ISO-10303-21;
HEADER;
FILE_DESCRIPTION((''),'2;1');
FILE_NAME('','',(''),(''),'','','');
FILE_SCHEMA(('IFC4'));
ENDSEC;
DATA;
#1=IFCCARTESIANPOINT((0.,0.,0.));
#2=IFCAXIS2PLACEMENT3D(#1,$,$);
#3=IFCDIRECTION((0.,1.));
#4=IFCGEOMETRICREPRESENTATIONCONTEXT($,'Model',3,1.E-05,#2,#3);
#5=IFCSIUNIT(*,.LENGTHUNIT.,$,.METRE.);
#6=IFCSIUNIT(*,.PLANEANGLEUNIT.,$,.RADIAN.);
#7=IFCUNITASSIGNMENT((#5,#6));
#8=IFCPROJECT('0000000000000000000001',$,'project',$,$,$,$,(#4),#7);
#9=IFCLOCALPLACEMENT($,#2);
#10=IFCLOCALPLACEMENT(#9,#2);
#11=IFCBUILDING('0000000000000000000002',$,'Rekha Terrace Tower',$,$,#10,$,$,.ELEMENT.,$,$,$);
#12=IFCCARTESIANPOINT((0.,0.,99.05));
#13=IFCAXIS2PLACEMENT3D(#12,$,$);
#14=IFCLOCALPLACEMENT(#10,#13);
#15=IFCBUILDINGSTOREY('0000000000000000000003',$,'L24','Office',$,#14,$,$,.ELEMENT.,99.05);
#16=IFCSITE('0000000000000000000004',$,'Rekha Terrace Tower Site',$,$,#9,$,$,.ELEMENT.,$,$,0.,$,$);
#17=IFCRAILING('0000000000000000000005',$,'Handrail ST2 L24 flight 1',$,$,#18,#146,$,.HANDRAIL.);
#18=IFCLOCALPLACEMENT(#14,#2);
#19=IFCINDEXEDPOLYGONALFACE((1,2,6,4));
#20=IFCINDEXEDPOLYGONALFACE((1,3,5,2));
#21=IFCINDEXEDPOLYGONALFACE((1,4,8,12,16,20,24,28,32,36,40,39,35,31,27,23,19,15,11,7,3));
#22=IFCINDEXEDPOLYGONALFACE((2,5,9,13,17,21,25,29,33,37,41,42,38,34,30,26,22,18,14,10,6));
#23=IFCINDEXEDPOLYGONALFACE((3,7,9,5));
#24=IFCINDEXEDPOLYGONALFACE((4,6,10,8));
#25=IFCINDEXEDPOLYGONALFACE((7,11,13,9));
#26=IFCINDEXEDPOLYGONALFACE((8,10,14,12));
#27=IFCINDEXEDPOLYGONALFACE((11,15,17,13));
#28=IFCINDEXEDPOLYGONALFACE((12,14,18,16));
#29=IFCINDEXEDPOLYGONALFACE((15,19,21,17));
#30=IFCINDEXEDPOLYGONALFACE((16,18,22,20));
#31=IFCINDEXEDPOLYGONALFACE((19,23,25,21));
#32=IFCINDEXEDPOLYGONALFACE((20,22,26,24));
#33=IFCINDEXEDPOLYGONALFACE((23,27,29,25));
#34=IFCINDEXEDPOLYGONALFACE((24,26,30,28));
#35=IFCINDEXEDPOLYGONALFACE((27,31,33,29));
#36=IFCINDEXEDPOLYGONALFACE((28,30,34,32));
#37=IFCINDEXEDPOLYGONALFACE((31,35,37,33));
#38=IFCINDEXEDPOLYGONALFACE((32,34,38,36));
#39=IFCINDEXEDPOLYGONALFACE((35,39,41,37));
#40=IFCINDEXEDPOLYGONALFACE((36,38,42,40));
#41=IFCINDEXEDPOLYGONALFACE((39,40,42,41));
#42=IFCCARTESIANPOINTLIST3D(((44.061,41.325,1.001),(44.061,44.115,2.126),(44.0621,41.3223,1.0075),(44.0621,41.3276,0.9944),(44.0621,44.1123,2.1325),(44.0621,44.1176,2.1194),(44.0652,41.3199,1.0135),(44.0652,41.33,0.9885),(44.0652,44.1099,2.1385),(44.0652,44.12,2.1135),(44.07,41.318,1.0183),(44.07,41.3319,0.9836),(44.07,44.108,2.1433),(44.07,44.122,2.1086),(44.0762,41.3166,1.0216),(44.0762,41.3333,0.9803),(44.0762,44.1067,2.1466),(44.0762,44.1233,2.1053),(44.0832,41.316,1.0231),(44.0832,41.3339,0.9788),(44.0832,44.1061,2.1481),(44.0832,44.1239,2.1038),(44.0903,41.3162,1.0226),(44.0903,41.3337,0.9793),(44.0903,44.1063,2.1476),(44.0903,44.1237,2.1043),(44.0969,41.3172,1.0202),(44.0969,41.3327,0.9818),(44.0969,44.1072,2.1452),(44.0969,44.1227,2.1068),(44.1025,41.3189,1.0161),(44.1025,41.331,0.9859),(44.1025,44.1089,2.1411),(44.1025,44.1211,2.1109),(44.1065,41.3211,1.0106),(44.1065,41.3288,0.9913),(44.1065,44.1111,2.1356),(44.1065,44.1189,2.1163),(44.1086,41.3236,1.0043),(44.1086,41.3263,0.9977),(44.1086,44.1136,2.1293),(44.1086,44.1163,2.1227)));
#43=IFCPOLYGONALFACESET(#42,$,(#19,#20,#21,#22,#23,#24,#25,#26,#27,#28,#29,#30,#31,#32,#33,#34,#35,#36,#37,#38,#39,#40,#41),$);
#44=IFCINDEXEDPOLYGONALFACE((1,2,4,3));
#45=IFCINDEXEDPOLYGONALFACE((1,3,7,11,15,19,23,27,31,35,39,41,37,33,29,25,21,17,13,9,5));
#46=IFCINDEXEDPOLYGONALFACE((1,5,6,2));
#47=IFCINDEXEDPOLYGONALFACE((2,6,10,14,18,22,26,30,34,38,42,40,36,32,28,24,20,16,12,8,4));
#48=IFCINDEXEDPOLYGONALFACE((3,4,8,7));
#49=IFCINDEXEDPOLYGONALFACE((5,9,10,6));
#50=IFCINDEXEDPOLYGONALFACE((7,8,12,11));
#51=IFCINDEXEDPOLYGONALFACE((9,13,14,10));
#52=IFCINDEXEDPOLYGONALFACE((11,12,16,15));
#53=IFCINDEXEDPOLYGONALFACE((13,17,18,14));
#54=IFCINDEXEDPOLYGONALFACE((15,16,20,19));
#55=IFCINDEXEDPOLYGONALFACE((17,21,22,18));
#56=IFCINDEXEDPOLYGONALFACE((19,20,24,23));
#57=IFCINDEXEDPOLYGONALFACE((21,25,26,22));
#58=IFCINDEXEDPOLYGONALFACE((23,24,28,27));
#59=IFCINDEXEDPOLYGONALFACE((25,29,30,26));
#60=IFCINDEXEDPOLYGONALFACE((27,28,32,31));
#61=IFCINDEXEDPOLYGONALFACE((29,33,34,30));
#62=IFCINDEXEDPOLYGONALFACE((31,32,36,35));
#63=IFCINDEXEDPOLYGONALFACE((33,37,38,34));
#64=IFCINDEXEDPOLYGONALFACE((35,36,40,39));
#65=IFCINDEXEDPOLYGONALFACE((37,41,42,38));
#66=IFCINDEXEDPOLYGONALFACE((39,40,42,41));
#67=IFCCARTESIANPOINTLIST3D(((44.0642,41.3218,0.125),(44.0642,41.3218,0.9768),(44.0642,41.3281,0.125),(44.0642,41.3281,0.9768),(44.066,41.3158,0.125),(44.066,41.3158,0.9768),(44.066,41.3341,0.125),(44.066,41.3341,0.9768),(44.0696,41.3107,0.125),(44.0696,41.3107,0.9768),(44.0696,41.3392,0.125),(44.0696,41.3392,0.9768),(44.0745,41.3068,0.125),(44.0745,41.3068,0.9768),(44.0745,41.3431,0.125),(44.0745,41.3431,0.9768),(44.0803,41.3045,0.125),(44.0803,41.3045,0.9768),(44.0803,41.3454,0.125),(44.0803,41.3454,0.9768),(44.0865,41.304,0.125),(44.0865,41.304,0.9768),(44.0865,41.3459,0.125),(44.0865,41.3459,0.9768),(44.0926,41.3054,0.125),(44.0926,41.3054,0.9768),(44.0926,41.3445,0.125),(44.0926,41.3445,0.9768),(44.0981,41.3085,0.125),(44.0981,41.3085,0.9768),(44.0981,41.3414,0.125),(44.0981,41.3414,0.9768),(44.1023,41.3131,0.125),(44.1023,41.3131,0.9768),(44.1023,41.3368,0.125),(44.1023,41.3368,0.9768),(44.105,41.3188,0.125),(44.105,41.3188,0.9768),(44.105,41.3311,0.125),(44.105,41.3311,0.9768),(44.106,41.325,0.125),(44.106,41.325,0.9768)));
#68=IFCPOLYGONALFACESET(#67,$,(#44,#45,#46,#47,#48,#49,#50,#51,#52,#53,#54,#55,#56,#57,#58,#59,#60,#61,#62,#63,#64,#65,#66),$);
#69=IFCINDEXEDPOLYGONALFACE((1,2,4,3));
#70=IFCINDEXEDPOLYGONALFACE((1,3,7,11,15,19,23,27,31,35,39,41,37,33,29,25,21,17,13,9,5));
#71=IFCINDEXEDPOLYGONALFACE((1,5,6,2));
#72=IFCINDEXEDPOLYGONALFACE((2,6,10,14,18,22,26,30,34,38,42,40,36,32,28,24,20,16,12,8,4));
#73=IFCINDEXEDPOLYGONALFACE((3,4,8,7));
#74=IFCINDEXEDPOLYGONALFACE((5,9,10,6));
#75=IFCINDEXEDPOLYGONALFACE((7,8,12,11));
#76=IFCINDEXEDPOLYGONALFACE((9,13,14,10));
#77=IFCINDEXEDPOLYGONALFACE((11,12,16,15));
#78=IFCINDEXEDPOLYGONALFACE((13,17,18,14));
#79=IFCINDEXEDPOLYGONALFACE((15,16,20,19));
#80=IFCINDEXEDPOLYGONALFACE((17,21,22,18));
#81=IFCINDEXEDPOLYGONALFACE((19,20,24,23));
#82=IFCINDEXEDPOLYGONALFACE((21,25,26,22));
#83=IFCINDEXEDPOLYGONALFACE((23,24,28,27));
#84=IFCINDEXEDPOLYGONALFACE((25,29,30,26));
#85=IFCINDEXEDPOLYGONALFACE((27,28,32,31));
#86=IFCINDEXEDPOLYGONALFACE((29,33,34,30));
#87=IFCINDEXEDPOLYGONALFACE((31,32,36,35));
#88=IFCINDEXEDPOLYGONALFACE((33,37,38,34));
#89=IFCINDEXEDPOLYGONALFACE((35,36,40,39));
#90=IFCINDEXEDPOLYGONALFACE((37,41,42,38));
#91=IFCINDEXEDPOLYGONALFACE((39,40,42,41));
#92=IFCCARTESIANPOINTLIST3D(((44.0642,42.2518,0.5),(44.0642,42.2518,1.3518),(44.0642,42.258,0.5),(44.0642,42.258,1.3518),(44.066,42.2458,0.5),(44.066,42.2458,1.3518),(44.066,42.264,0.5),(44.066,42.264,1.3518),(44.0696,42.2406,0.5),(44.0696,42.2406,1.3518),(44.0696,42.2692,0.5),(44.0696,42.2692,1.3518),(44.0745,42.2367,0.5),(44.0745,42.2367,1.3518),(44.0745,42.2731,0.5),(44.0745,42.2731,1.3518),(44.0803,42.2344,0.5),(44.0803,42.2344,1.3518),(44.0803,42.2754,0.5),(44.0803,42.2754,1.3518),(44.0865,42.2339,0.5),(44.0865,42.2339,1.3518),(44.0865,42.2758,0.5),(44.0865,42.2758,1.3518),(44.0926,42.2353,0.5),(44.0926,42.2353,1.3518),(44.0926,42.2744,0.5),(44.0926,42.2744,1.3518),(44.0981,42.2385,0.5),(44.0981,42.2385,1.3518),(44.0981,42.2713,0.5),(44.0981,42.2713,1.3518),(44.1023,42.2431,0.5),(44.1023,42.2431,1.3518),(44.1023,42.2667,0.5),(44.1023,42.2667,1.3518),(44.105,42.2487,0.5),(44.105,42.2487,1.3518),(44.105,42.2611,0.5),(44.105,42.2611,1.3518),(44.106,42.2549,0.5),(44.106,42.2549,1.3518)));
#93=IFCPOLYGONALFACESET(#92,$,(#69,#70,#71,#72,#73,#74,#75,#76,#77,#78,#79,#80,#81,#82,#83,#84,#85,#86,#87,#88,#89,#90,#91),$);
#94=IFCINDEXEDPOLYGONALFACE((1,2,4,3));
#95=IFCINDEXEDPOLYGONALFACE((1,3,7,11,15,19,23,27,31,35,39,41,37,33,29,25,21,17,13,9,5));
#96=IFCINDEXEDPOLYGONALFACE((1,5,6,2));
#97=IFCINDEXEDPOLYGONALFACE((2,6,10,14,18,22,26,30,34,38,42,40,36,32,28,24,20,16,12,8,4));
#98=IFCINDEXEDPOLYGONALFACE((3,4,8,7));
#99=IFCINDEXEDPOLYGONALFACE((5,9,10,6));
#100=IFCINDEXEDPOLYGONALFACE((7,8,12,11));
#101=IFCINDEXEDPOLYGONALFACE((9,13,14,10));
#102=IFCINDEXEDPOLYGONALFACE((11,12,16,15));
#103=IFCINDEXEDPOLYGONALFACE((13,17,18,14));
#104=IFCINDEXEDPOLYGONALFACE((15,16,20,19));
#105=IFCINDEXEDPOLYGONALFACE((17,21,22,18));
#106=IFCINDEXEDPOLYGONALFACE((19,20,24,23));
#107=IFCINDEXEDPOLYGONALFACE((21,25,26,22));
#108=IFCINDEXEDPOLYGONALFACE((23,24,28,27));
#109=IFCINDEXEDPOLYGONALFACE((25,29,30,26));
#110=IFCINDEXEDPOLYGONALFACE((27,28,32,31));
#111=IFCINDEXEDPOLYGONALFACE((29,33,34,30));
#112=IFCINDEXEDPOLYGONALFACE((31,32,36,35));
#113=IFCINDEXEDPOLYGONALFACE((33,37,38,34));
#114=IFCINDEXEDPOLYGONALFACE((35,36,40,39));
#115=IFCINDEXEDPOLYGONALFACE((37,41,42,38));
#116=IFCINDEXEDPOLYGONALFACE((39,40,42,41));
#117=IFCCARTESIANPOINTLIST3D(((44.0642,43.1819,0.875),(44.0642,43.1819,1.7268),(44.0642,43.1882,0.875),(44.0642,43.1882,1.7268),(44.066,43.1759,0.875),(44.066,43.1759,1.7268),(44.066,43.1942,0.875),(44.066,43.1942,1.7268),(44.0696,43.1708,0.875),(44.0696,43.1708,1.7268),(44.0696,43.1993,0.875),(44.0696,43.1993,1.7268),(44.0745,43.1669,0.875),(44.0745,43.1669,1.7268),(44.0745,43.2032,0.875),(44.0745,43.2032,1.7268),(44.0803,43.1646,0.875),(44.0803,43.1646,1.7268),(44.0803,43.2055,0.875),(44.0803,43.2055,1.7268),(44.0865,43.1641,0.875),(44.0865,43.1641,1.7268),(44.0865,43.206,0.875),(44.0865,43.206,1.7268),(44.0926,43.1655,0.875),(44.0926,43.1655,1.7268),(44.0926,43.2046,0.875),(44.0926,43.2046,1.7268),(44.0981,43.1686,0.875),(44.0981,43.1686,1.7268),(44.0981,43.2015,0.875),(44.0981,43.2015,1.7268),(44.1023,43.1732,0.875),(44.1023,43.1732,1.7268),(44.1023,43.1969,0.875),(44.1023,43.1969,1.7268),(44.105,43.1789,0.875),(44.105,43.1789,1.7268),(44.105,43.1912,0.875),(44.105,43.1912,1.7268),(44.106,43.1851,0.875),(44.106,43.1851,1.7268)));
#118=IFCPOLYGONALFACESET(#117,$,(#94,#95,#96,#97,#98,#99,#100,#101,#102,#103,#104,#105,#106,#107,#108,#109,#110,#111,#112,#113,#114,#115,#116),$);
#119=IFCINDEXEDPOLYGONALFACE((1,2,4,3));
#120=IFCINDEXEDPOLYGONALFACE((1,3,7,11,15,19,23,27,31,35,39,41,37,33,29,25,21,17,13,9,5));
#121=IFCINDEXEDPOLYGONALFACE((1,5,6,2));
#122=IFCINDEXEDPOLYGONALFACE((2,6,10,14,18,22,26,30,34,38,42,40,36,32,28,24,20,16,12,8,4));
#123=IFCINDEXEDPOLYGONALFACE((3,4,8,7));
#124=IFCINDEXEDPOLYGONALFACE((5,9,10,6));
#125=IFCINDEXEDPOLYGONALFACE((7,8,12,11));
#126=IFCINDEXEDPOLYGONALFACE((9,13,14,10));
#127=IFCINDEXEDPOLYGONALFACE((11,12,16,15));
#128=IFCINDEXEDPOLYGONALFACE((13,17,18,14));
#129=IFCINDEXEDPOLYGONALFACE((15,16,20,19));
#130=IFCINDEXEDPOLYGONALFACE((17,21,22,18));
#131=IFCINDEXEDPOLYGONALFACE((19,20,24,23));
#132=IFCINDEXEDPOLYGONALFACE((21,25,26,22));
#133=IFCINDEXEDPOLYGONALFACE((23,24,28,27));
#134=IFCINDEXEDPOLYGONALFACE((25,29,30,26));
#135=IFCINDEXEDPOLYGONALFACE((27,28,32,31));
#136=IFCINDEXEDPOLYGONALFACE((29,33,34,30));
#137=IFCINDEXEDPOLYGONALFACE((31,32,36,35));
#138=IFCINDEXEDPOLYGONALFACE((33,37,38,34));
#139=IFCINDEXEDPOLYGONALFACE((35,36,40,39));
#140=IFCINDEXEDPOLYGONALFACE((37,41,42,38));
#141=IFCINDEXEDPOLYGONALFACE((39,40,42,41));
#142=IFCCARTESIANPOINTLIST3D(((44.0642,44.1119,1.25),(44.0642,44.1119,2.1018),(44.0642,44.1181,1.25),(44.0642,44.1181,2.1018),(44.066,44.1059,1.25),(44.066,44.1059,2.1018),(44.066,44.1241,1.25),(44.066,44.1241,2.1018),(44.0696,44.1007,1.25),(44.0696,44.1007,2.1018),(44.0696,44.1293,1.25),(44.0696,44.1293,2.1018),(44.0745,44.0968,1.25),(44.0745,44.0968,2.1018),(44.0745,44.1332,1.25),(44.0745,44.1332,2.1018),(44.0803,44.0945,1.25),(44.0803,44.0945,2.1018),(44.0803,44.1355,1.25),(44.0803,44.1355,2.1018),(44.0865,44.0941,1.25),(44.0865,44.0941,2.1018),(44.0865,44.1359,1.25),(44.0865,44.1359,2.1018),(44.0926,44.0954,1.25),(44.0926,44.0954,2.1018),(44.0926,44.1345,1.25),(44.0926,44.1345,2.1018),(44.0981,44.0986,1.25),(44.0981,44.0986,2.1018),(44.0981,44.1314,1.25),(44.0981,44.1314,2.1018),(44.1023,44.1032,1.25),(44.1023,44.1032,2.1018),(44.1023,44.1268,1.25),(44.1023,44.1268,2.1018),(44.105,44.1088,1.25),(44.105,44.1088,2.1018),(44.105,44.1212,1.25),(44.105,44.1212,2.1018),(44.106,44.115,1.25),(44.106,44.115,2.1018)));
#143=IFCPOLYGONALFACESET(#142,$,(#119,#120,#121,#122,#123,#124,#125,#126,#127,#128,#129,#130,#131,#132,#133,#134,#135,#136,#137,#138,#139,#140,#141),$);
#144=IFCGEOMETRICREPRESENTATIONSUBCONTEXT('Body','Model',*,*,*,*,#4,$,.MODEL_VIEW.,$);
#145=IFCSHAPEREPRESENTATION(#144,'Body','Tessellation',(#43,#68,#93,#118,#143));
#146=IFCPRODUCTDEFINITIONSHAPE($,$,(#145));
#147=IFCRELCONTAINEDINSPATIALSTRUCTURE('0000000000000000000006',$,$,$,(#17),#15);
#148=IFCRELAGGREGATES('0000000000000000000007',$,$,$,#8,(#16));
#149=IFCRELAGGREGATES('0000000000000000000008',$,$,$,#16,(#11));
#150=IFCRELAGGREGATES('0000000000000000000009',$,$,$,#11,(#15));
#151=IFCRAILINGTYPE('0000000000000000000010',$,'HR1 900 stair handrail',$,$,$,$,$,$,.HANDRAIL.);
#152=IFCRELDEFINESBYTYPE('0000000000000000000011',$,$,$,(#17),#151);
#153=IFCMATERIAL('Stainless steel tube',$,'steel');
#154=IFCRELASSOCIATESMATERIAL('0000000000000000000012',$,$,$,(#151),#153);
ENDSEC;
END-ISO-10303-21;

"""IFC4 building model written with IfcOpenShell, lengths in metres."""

from ifc_helpers import new_model, si_unit, direction, frame, origin, origin_2d, place, context, subcontext, project, spatial, circle, extrude, material, type_object, element, save


model = new_model("IFC4")

# Units and contexts
model_context = context("Model", 3, precision=1e-05, world=origin(), true_north=direction((0.0, 1.0)))
body_context = subcontext(model_context, "Body", "Model", "MODEL_VIEW")
ifc_project = project(units=[si_unit("LENGTHUNIT", "METRE"), si_unit("PLANEANGLEUNIT", "RADIAN")], contexts=[model_context])

# Site, building, storey
site_placement = place(None, origin())
site = spatial("IfcSite", under=ifc_project, at=site_placement, Name="Rekha Terrace Tower Site", CompositionType="ELEMENT", RefElevation=0.0)
building_placement = place(site_placement, origin())
building = spatial("IfcBuilding", under=site, at=building_placement, Name="Rekha Terrace Tower", CompositionType="ELEMENT")
storey_placement = place(building_placement, frame((0.0, 0.0, 99.05)))
storey = spatial("IfcBuildingStorey", under=building, at=storey_placement, Name="L24", Description="Office", CompositionType="ELEMENT", Elevation=99.05)

# Railing
ifc_material_1 = material(Name="Stainless steel tube", Category="steel")
railing_type_1 = type_object("IfcRailingType", Name="HR1 900 stair handrail", PredefinedType="HANDRAIL", material=ifc_material_1)
for number, where, name in (
    (1, (44.085, 41.325, 0.125), "Handrail ST2 L24 flight 1"),
):
    element("IfcRailing", number, at=place(storey_placement, frame(where)), inside=storey, type_object=railing_type_1, Name=name, PredefinedType="HANDRAIL", context=body_context, shape_type="SweptSolid", body=[
        extrude(circle(Radius=0.0239, at=origin_2d()), frame((0.0, 0.0, 0.876), z_axis=(0.0, 0.927443, 0.373964), x_axis=(-1.0, 0.0, 0.0)), (0.0, 0.0, 1.0), 3.0083),
        extrude(circle(Radius=0.021, at=origin_2d()), origin(), (0.0, 0.0, 1.0), 0.8518),
        extrude(circle(Radius=0.021, at=origin_2d()), frame((0.0, 0.9299, 0.375)), (0.0, 0.0, 1.0), 0.8518),
        extrude(circle(Radius=0.021, at=origin_2d()), frame((0.0, 1.8601, 0.75)), (0.0, 0.0, 1.0), 0.8518),
        extrude(circle(Radius=0.021, at=origin_2d()), frame((0.0, 2.79, 1.125)), (0.0, 0.0, 1.0), 0.8518),
    ])

save(model, "model.ifc")
